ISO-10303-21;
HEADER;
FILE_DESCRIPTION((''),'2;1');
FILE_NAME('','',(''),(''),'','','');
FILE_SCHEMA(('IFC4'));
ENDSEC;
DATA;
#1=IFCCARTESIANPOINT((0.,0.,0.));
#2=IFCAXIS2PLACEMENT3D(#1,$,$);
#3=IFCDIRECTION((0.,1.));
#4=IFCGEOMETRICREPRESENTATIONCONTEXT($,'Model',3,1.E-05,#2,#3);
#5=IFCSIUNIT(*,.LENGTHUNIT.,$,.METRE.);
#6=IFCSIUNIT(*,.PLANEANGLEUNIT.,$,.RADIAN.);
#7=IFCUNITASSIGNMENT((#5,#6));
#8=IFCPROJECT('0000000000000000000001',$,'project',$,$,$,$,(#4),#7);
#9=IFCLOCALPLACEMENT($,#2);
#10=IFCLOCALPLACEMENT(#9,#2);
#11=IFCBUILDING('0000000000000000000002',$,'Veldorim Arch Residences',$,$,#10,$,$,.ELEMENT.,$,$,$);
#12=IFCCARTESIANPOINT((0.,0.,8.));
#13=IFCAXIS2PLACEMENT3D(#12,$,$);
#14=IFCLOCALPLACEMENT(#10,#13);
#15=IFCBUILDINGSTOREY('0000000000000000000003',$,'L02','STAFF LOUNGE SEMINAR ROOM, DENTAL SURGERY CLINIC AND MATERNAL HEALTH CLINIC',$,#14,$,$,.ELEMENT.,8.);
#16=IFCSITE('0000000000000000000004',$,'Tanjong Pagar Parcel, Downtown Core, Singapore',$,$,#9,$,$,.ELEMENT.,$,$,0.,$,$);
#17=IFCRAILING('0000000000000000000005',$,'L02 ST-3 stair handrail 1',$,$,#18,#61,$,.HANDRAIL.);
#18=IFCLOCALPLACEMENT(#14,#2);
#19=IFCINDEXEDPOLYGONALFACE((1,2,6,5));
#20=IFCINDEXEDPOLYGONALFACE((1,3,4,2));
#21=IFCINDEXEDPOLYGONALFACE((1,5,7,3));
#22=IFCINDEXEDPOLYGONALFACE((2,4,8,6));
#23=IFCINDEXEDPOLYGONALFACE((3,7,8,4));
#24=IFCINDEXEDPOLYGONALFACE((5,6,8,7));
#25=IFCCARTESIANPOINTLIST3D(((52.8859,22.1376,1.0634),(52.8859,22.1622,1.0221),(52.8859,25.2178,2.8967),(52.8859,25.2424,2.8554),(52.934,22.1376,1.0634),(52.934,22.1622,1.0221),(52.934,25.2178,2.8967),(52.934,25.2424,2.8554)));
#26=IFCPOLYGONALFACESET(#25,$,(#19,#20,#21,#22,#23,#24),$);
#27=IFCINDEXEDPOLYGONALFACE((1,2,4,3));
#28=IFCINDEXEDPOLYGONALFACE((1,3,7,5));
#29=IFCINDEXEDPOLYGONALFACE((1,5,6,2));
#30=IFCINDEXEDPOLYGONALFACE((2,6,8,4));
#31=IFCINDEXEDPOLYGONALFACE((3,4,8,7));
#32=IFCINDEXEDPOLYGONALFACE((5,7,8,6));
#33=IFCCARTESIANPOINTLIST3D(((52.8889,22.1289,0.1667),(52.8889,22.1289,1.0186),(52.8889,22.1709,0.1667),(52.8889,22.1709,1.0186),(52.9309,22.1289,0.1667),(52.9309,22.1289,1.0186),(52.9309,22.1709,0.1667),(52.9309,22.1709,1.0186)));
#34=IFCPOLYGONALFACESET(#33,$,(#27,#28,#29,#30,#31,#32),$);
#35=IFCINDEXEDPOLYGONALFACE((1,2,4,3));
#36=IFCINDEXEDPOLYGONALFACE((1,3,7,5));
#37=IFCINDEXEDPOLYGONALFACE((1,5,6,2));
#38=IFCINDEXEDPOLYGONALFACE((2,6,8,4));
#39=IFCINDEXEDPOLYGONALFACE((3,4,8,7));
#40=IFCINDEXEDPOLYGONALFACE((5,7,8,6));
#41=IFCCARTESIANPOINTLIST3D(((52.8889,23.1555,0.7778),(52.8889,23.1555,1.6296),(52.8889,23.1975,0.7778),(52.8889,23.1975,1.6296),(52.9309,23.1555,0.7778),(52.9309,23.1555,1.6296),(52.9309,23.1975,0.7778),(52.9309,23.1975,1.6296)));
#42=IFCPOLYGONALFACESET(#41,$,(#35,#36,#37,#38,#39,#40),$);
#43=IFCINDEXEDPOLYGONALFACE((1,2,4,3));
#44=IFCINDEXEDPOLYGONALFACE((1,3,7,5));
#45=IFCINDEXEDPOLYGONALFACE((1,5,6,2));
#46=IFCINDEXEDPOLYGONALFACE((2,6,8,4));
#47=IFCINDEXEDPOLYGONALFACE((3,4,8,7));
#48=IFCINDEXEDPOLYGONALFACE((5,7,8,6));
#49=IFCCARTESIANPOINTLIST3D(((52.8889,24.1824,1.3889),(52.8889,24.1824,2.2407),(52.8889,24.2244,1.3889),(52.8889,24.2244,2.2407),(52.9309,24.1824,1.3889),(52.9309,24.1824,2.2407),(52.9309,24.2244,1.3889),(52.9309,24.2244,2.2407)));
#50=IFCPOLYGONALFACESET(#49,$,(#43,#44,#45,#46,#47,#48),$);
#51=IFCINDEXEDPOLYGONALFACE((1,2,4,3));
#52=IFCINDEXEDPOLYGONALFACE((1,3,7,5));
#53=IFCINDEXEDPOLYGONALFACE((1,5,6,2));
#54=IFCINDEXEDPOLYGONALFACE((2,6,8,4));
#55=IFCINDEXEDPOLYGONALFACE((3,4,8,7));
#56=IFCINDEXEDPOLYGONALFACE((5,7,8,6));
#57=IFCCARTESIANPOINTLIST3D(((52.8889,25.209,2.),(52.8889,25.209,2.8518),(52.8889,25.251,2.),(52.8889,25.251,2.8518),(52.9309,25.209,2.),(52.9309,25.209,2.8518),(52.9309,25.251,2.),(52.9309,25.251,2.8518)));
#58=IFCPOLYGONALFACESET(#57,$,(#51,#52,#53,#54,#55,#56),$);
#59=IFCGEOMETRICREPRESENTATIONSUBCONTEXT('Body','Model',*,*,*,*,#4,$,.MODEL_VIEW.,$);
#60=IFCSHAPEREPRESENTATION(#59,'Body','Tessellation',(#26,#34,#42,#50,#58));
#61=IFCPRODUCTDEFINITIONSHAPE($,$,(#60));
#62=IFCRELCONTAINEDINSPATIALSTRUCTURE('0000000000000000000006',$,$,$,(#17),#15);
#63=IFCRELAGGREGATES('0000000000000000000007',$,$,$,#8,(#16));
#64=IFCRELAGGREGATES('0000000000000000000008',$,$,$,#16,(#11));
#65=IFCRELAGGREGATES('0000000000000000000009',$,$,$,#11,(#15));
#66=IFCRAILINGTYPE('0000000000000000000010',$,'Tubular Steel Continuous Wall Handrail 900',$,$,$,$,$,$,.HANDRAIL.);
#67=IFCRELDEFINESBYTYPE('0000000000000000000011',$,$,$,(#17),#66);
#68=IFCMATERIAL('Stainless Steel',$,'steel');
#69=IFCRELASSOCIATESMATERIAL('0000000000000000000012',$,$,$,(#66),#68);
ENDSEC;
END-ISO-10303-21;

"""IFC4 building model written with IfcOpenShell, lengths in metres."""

from ifc_helpers import new_model, si_unit, direction, frame, origin, origin_2d, place, context, subcontext, project, spatial, rectangle, extrude, material, type_object, element, save


model = new_model("IFC4")

# Units and contexts
model_context = context("Model", 3, precision=1e-05, world=origin(), true_north=direction((0.0, 1.0)))
body_context = subcontext(model_context, "Body", "Model", "MODEL_VIEW")
ifc_project = project(units=[si_unit("LENGTHUNIT", "METRE"), si_unit("PLANEANGLEUNIT", "RADIAN")], contexts=[model_context])

# Site, building, storey
site_placement = place(None, origin())
site = spatial("IfcSite", under=ifc_project, at=site_placement, Name="Tanjong Pagar Parcel, Downtown Core, Singapore", CompositionType="ELEMENT", RefElevation=0.0)
building_placement = place(site_placement, origin())
building = spatial("IfcBuilding", under=site, at=building_placement, Name="Veldorim Arch Residences", CompositionType="ELEMENT")
storey_placement = place(building_placement, frame((0.0, 0.0, 8.0)))
storey = spatial("IfcBuildingStorey", under=building, at=storey_placement, Name="L02", Description="STAFF LOUNGE SEMINAR ROOM, DENTAL SURGERY CLINIC AND MATERNAL HEALTH CLINIC", CompositionType="ELEMENT", Elevation=8.0)

# Railing
ifc_material_1 = material(Name="Stainless Steel", Category="steel")
railing_type_1 = type_object("IfcRailingType", Name="Tubular Steel Continuous Wall Handrail 900", PredefinedType="HANDRAIL", material=ifc_material_1)
railing_1_placement = place(storey_placement, frame((52.9099, 22.1499, 0.1667)))
element("IfcRailing", 1, at=railing_1_placement, inside=storey, type_object=railing_type_1, Name="L02 ST-3 stair handrail 1", PredefinedType="HANDRAIL", context=body_context, shape_type="SweptSolid", body=[
    extrude(rectangle(XDim=0.0481, YDim=0.0481, at=origin_2d()), frame((0.0, 0.0, 0.876), z_axis=(0.0, 0.859309, 0.511458), x_axis=(-1.0, 0.0, 0.0)), (0.0, 0.0, 1.0), 3.5845),
    extrude(rectangle(XDim=0.042, YDim=0.042, at=origin_2d()), origin(), (0.0, 0.0, 1.0), 0.8518),
    extrude(rectangle(XDim=0.042, YDim=0.042, at=origin_2d()), frame((0.0, 1.0266, 0.6111)), (0.0, 0.0, 1.0), 0.8518),
    extrude(rectangle(XDim=0.042, YDim=0.042, at=origin_2d()), frame((0.0, 2.0535, 1.2222)), (0.0, 0.0, 1.0), 0.8518),
    extrude(rectangle(XDim=0.042, YDim=0.042, at=origin_2d()), frame((0.0, 3.0801, 1.8333)), (0.0, 0.0, 1.0), 0.8518),
])

save(model, "model.ifc")
